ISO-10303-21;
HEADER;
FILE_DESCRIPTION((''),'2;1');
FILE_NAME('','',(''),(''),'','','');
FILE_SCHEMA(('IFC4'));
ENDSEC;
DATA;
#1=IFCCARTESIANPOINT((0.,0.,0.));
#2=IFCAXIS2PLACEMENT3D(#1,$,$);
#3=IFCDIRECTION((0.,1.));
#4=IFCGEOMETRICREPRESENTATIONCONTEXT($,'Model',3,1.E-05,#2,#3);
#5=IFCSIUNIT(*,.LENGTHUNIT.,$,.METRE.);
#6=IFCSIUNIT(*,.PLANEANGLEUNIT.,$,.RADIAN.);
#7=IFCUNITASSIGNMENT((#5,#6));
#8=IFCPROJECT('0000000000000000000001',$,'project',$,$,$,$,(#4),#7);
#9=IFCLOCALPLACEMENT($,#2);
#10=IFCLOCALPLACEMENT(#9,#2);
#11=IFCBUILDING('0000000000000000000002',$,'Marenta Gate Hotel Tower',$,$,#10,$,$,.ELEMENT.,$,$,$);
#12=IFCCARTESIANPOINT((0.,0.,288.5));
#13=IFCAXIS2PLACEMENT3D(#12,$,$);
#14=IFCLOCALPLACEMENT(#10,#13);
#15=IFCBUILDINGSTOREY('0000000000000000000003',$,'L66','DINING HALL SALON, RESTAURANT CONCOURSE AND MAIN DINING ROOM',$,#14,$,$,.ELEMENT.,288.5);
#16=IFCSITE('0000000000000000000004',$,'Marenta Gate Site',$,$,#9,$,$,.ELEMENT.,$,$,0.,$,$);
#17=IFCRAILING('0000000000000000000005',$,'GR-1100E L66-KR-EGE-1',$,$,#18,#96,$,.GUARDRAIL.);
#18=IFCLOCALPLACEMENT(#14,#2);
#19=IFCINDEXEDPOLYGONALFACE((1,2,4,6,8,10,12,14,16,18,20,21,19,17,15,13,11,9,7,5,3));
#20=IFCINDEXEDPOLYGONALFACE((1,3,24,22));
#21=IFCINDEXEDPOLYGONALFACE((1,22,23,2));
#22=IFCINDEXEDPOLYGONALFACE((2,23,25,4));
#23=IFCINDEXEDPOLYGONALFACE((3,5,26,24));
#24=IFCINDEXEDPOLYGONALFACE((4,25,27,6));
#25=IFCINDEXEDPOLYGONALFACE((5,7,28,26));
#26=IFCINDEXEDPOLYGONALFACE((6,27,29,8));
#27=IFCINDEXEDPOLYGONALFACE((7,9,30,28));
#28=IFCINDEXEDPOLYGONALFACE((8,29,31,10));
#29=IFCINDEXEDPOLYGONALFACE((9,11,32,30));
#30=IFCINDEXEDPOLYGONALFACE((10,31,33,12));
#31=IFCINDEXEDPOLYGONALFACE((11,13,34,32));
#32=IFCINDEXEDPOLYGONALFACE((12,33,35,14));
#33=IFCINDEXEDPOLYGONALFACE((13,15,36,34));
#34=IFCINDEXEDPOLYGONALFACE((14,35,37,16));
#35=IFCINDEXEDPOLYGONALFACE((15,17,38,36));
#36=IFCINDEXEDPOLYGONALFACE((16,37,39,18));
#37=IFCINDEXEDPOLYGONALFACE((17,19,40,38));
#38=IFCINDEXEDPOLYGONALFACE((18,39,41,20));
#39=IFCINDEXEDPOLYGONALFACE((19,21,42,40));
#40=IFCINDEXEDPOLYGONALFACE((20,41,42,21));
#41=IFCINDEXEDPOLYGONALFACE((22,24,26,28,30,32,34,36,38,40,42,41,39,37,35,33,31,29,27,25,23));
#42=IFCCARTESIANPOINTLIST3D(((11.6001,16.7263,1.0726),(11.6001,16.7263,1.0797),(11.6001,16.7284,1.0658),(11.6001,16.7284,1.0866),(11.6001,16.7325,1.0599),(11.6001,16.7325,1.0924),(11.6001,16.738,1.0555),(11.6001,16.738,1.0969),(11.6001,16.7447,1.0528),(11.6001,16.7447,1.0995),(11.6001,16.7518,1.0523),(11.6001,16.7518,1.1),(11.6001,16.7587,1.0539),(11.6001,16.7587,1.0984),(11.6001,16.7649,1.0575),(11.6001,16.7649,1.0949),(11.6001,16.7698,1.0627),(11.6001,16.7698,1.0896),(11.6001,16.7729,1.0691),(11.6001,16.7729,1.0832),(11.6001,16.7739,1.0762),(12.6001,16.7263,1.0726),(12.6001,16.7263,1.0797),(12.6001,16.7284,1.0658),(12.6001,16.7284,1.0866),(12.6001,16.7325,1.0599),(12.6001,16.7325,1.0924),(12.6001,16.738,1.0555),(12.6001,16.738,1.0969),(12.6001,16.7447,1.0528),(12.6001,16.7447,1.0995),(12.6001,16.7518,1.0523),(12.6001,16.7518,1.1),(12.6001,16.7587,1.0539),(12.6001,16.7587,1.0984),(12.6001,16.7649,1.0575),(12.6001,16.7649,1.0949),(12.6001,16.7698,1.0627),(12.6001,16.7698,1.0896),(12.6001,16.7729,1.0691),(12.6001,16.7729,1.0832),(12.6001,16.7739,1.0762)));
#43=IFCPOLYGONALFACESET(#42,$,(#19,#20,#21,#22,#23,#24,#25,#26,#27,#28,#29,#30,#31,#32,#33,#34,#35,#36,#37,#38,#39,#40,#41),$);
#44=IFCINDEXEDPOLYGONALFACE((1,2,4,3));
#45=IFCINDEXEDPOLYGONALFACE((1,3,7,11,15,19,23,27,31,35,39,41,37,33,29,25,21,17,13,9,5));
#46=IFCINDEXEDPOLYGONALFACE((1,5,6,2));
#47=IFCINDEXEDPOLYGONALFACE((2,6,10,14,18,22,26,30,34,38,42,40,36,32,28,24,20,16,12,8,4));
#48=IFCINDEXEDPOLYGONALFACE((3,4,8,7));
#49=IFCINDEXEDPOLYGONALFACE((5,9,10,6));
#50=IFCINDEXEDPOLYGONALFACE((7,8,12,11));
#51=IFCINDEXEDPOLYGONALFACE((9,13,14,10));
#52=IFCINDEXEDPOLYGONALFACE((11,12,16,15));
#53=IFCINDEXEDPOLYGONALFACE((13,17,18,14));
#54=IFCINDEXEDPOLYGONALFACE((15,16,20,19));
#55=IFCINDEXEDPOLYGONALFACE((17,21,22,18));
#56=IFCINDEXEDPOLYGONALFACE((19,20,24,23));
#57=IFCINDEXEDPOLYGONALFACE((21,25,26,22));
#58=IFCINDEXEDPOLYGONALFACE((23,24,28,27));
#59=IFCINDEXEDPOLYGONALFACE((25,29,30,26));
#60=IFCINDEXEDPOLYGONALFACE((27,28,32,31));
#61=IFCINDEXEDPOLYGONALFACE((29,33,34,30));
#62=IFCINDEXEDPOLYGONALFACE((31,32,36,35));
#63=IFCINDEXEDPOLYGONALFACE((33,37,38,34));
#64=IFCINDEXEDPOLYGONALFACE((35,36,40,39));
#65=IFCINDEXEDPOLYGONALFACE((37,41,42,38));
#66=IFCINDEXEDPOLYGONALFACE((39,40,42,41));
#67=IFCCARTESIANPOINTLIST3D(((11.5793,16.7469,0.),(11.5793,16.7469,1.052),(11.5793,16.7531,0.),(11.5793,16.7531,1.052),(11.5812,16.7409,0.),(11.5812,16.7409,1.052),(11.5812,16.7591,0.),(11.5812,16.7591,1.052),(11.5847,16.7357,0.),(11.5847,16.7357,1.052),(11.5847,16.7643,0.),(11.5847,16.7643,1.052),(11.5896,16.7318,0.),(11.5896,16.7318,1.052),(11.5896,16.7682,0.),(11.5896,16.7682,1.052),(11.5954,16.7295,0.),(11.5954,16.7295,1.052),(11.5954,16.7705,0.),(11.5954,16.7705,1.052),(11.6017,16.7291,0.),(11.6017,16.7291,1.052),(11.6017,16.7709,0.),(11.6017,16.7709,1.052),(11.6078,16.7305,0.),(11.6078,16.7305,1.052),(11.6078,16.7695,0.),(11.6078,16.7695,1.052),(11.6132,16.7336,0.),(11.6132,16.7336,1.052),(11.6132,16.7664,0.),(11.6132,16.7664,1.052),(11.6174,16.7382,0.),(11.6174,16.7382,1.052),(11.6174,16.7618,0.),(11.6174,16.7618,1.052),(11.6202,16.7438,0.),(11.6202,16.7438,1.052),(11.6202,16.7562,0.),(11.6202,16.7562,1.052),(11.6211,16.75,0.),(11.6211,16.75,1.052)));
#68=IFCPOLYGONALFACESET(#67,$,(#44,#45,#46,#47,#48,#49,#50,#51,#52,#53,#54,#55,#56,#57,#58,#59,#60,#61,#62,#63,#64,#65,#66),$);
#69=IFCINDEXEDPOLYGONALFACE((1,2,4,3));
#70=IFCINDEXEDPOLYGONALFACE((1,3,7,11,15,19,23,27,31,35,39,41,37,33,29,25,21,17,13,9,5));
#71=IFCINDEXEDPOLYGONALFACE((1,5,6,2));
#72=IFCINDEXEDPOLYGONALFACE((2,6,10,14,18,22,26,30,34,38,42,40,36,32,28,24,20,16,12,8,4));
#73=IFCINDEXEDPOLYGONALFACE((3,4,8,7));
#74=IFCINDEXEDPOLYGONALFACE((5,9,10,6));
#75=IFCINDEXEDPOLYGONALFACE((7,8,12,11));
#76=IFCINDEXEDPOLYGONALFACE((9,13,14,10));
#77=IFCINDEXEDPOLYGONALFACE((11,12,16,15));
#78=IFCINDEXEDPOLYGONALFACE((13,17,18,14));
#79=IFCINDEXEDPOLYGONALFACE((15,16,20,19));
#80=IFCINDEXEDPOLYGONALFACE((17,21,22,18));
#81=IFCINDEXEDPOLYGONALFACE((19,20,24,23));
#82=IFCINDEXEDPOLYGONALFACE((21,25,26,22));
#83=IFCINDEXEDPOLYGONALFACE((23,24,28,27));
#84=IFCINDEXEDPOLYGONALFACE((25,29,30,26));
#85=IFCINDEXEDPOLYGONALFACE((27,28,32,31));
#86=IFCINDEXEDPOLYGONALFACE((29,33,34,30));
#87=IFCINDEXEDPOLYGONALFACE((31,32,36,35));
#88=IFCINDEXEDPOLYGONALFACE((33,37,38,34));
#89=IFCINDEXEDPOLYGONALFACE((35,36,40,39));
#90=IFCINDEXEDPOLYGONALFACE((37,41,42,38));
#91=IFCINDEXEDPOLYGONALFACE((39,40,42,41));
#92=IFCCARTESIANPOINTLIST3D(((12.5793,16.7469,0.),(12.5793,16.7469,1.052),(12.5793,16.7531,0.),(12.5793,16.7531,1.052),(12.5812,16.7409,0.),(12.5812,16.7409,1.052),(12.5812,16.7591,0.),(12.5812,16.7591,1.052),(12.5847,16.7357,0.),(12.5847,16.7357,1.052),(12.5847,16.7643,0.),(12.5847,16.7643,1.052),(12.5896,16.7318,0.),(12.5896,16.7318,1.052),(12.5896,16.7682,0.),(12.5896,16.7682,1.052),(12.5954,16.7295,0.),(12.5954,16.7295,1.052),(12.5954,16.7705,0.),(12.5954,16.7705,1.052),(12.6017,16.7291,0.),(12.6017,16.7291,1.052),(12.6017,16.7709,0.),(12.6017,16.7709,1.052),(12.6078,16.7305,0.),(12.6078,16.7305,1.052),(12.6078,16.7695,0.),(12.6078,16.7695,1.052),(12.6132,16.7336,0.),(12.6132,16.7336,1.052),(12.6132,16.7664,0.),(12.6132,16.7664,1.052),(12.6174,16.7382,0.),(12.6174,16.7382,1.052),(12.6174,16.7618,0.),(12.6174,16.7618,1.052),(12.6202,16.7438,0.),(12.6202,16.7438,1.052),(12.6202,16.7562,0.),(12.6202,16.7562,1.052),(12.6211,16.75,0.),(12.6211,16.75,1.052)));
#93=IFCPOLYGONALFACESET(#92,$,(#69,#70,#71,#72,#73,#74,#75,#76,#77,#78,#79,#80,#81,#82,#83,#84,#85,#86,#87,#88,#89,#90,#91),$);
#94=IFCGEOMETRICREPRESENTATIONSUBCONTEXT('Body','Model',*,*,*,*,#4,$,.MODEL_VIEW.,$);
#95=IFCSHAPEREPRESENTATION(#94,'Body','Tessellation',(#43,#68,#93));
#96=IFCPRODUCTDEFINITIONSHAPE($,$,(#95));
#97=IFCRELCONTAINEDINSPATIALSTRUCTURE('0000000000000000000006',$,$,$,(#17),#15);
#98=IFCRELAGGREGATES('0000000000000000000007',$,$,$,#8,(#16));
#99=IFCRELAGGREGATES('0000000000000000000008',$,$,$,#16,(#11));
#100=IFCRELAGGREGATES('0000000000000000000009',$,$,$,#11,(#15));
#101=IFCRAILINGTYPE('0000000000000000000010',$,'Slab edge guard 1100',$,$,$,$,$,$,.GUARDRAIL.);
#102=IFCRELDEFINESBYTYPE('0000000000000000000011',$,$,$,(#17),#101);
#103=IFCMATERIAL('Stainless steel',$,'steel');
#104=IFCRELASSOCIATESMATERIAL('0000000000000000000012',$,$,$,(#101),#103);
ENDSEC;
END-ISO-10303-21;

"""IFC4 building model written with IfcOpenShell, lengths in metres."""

from ifc_helpers import new_model, si_unit, direction, frame, origin, origin_2d, place, context, subcontext, project, spatial, circle, extrude, material, type_object, element, save


model = new_model("IFC4")

# Units and contexts
model_context = context("Model", 3, precision=1e-05, world=origin(), true_north=direction((0.0, 1.0)))
body_context = subcontext(model_context, "Body", "Model", "MODEL_VIEW")
ifc_project = project(units=[si_unit("LENGTHUNIT", "METRE"), si_unit("PLANEANGLEUNIT", "RADIAN")], contexts=[model_context])

# Site, building, storey
site_placement = place(None, origin())
site = spatial("IfcSite", under=ifc_project, at=site_placement, Name="Marenta Gate Site", CompositionType="ELEMENT", RefElevation=0.0)
building_placement = place(site_placement, origin())
building = spatial("IfcBuilding", under=site, at=building_placement, Name="Marenta Gate Hotel Tower", CompositionType="ELEMENT")
storey_placement = place(building_placement, frame((0.0, 0.0, 288.5)))
storey = spatial("IfcBuildingStorey", under=building, at=storey_placement, Name="L66", Description="DINING HALL SALON, RESTAURANT CONCOURSE AND MAIN DINING ROOM", CompositionType="ELEMENT", Elevation=288.5)

# Railing
ifc_material_1 = material(Name="Stainless steel", Category="steel")
railing_type_1 = type_object("IfcRailingType", Name="Slab edge guard 1100", PredefinedType="GUARDRAIL", material=ifc_material_1)
railing_1_placement = place(storey_placement, frame((11.6001, 16.75, 0.0)))
element("IfcRailing", 1, at=railing_1_placement, inside=storey, type_object=railing_type_1, Name="GR-1100E L66-KR-EGE-1", PredefinedType="GUARDRAIL", context=body_context, shape_type="SweptSolid", body=[
    extrude(circle(Radius=0.0239, at=origin_2d()), frame((0.0, 0.0, 1.0762), z_axis=(1.0, 0.0, 0.0), x_axis=(0.0, 1.0, 0.0)), (0.0, 0.0, 1.0), 1.0),
    extrude(circle(Radius=0.021, at=origin_2d()), origin(), (0.0, 0.0, 1.0), 1.052),
    extrude(circle(Radius=0.021, at=origin_2d()), frame((1.0, 0.0, 0.0)), (0.0, 0.0, 1.0), 1.052),
])

save(model, "model.ifc")
